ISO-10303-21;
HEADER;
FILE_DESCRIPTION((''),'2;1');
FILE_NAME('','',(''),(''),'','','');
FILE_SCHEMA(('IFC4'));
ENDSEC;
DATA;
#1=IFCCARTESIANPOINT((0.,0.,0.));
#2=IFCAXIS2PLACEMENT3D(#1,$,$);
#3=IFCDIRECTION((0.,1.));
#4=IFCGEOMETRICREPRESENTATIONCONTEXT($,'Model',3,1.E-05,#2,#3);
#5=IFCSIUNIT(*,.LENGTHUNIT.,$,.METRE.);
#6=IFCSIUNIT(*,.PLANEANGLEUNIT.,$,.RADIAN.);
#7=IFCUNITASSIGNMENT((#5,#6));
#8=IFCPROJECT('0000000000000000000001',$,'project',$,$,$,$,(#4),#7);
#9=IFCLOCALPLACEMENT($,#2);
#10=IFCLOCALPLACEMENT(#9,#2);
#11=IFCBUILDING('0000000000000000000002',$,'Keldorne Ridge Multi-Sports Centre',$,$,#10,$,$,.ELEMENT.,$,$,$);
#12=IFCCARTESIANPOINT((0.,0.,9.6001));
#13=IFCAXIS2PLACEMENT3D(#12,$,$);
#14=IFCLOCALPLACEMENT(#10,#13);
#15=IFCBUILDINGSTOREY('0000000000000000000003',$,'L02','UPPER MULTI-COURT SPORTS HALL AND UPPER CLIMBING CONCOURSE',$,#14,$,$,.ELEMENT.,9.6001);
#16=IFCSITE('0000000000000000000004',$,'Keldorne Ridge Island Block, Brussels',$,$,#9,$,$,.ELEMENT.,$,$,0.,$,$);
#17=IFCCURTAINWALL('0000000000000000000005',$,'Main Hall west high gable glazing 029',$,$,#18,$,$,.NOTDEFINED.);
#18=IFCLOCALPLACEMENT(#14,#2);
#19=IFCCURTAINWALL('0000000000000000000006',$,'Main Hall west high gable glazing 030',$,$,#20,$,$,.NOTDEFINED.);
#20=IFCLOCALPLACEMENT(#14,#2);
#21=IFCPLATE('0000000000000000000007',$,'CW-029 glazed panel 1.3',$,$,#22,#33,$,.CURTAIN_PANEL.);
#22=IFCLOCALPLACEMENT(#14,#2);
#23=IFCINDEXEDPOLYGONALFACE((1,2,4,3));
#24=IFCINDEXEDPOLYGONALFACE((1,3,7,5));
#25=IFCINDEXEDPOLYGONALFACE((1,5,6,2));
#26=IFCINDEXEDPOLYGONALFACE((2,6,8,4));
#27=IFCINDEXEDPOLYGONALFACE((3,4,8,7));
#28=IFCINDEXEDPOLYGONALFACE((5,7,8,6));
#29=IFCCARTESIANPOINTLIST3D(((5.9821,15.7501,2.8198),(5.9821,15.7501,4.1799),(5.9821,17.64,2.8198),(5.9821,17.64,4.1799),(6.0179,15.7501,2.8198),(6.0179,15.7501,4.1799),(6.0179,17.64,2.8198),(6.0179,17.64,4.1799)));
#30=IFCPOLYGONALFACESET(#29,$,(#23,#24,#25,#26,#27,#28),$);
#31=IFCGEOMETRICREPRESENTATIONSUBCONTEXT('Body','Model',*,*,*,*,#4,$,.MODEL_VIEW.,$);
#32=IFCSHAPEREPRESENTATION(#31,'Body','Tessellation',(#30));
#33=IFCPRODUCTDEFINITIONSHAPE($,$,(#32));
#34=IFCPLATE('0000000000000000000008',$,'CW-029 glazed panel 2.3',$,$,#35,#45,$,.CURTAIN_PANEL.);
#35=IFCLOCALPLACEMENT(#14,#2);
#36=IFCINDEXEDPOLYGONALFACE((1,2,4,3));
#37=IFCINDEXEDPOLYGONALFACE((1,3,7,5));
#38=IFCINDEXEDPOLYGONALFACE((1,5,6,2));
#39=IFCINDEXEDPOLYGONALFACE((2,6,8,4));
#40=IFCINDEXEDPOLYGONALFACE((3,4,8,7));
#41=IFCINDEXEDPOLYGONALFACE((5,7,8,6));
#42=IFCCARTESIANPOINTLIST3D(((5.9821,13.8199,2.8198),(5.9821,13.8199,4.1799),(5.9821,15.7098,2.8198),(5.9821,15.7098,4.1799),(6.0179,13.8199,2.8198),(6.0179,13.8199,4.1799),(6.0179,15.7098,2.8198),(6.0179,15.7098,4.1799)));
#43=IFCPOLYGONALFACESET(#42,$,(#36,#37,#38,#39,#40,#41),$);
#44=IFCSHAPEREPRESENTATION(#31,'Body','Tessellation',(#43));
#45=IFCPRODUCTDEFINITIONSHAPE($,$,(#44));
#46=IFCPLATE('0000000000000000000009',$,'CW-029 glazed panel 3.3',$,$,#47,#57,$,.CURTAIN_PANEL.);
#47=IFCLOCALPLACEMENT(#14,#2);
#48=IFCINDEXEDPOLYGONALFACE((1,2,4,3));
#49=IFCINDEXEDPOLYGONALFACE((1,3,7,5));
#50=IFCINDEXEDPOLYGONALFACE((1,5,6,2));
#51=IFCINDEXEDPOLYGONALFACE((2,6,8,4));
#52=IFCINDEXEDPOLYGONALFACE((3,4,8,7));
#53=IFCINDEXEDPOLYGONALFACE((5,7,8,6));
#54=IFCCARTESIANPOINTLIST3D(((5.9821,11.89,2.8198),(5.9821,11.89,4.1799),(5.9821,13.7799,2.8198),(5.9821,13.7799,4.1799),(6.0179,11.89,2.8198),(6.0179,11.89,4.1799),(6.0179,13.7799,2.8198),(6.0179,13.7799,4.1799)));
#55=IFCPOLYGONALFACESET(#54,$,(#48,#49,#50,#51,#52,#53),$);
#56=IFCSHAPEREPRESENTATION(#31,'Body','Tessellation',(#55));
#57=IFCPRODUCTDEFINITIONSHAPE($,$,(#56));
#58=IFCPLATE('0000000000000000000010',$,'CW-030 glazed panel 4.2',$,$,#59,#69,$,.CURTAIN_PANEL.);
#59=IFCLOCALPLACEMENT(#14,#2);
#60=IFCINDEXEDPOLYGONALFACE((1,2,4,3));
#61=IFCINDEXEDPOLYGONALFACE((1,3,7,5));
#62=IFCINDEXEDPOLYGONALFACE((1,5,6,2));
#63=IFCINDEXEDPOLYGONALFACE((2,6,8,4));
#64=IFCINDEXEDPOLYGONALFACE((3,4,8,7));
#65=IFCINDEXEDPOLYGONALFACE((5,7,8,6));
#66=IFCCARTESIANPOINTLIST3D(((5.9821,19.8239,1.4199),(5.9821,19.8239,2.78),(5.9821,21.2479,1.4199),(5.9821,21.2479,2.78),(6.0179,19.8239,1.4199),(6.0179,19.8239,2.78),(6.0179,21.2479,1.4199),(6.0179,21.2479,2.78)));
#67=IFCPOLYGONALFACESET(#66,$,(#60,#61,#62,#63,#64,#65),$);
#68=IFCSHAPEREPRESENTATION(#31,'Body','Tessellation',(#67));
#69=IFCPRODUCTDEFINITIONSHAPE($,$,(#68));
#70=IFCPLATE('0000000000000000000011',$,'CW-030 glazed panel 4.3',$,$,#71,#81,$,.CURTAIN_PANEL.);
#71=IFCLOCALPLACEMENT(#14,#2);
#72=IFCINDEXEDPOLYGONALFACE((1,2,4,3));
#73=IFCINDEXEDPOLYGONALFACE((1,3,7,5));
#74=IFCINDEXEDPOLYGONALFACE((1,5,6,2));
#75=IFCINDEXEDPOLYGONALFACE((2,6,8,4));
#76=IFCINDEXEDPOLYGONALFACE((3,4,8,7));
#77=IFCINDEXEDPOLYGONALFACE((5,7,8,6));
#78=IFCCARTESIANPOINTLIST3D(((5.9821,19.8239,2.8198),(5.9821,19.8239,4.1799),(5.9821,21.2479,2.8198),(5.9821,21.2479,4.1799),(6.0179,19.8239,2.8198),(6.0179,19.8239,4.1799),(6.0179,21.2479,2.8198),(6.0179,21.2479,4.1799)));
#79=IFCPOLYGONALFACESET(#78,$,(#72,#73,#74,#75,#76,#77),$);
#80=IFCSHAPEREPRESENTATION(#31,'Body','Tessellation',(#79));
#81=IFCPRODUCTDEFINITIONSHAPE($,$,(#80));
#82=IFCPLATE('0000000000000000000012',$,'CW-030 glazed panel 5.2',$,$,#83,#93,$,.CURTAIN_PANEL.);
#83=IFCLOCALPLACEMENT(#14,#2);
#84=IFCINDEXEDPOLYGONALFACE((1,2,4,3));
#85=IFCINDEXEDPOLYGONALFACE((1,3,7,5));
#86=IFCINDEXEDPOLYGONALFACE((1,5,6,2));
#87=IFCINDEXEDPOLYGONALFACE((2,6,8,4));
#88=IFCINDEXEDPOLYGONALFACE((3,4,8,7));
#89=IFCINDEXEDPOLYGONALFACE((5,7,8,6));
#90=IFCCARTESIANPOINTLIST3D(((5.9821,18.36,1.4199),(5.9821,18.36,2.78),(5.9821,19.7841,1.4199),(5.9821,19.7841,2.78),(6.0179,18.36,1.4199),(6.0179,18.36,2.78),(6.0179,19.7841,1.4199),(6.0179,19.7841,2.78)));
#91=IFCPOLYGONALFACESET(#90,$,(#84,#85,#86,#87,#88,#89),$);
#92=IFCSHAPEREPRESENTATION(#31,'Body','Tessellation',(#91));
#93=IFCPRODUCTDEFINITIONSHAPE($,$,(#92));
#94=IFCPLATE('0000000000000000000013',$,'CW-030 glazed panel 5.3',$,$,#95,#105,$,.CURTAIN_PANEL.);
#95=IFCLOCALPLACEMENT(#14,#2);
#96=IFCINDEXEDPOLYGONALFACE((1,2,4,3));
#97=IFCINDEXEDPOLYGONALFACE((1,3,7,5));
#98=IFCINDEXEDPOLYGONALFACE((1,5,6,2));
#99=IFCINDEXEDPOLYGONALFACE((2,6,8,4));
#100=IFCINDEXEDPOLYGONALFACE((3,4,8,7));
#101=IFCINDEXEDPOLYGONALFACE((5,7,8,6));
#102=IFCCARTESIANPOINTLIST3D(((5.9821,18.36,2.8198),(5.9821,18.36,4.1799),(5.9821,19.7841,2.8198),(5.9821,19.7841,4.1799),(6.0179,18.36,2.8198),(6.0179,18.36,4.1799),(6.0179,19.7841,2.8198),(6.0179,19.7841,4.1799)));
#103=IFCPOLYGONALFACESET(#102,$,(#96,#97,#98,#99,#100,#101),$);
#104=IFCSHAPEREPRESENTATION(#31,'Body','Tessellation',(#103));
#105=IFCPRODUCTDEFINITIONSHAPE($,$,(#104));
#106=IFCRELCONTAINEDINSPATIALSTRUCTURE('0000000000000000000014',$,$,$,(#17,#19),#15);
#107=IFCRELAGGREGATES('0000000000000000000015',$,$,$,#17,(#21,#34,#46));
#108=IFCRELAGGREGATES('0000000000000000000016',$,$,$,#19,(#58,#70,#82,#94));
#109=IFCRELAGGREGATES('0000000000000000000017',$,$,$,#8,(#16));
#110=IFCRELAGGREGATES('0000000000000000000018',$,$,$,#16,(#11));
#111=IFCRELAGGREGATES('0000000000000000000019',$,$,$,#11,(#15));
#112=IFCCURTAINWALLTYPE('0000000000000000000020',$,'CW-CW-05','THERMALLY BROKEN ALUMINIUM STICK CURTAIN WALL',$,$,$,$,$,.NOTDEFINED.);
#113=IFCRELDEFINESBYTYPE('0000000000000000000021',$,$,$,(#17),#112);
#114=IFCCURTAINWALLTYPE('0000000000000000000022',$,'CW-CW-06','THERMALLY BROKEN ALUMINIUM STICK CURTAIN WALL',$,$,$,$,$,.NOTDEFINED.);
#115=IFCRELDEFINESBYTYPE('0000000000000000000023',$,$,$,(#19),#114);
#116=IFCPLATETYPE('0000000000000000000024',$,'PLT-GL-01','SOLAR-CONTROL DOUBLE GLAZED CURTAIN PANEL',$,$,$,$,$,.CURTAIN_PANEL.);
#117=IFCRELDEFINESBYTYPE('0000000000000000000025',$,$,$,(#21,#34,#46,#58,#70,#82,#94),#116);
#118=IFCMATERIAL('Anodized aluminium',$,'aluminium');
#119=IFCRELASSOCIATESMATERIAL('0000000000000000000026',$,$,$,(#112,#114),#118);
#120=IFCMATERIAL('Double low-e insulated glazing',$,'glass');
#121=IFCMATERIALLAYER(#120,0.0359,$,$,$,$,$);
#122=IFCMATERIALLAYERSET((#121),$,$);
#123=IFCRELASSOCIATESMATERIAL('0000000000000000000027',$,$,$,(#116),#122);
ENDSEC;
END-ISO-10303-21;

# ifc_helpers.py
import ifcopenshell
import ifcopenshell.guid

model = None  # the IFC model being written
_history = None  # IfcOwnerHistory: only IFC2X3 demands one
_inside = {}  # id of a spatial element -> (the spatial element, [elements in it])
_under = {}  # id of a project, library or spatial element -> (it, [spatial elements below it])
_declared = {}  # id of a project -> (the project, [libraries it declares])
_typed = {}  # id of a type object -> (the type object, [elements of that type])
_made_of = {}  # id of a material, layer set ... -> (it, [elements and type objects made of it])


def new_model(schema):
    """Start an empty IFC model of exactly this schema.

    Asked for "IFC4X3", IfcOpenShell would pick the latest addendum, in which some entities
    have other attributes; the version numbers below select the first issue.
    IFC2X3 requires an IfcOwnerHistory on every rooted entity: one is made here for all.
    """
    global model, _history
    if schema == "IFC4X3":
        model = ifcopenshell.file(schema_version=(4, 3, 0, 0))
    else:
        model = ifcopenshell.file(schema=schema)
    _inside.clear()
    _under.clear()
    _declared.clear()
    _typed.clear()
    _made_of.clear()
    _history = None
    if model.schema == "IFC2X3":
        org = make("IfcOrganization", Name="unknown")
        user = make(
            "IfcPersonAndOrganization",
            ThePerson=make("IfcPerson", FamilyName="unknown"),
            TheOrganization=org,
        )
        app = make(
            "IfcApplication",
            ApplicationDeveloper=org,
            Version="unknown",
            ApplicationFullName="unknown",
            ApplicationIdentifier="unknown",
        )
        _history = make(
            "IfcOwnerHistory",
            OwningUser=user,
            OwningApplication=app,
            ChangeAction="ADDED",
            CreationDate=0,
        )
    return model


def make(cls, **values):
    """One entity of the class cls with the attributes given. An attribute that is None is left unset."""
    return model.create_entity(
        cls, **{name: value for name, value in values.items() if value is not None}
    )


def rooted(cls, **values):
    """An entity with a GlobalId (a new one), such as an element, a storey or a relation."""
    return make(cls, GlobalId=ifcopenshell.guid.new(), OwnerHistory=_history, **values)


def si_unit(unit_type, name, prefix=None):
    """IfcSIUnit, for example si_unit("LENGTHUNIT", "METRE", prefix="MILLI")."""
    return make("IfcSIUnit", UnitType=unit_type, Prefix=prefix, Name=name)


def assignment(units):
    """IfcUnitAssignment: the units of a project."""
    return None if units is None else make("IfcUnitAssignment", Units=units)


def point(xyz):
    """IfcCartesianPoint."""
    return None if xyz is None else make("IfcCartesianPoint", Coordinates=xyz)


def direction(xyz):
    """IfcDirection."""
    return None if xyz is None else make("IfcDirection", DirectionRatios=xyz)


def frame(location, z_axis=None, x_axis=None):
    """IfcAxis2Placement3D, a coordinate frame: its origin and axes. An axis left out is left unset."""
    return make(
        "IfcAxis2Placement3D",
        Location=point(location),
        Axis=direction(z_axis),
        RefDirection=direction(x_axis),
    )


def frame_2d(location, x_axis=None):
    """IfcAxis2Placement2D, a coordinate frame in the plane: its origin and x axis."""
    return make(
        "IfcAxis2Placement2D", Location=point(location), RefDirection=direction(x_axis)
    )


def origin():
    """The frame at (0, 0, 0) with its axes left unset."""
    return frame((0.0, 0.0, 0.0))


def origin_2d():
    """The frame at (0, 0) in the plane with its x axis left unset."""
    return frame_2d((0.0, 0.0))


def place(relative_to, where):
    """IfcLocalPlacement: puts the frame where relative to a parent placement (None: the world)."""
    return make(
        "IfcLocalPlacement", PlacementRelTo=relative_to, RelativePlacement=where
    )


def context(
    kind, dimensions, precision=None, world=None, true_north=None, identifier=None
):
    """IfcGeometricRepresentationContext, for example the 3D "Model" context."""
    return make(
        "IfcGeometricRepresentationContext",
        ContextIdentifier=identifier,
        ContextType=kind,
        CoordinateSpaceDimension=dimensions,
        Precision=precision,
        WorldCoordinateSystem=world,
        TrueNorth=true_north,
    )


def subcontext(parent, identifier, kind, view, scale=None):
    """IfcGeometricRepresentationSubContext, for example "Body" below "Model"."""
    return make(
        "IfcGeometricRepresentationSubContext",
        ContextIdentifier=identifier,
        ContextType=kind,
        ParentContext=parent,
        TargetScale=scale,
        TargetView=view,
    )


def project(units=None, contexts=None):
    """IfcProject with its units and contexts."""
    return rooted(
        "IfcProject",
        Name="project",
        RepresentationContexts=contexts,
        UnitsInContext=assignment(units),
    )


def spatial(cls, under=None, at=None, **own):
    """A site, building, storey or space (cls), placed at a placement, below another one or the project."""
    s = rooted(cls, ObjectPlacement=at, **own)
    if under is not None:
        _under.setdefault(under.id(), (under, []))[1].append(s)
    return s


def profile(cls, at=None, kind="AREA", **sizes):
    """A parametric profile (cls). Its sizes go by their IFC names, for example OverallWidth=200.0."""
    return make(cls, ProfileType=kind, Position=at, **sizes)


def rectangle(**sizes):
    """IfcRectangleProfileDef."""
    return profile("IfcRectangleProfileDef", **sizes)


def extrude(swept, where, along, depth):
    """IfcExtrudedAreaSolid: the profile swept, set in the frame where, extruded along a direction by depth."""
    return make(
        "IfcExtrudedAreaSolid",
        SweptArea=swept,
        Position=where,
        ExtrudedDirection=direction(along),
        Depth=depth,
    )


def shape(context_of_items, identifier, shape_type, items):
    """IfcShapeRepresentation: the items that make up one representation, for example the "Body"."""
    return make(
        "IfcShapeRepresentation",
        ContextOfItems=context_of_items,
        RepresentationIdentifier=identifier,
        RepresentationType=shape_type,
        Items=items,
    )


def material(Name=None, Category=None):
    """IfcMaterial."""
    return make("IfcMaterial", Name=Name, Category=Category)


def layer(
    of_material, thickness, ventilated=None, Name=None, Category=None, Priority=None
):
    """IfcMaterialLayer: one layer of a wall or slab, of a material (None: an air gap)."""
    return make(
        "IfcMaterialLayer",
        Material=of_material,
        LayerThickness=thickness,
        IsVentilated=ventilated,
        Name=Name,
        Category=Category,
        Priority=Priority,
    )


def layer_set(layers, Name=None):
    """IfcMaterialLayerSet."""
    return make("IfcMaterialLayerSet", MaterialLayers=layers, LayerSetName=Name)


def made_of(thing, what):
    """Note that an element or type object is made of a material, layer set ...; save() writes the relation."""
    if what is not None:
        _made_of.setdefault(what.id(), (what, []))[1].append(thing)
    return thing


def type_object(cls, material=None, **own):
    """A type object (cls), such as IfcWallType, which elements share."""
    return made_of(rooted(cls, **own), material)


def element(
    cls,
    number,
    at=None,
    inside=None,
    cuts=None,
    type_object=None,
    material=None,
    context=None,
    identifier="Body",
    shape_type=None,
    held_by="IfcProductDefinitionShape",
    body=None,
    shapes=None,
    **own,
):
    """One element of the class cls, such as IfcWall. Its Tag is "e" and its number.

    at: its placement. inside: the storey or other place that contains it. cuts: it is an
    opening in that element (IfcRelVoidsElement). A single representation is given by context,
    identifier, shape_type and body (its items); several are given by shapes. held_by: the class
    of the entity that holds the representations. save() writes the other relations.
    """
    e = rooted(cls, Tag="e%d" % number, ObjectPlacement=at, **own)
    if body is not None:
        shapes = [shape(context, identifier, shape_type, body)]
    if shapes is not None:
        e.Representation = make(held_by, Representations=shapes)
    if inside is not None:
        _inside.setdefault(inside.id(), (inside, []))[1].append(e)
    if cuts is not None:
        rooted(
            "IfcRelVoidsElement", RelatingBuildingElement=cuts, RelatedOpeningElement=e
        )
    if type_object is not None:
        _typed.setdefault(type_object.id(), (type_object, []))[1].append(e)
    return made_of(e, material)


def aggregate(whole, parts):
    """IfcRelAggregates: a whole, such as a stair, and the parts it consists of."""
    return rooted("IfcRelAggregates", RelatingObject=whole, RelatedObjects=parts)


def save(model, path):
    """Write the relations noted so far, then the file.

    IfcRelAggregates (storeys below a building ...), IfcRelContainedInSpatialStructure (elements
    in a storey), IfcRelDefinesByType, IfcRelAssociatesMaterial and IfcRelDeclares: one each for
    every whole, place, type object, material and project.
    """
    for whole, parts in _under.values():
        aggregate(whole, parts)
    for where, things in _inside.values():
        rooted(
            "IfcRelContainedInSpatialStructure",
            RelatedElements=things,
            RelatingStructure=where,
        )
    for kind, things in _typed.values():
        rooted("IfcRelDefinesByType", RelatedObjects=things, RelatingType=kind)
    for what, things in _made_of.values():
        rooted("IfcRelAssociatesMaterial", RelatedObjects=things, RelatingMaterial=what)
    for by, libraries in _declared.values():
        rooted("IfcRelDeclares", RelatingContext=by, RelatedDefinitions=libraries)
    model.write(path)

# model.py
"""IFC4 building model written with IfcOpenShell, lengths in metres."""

from ifc_helpers import new_model, si_unit, direction, frame, origin, origin_2d, place, context, subcontext, project, spatial, rectangle, extrude, material, layer, layer_set, type_object, element, aggregate, save


model = new_model("IFC4")

# Units and contexts
model_context = context("Model", 3, precision=1e-05, world=origin(), true_north=direction((0.0, 1.0)))
body_context = subcontext(model_context, "Body", "Model", "MODEL_VIEW")
ifc_project = project(units=[si_unit("LENGTHUNIT", "METRE"), si_unit("PLANEANGLEUNIT", "RADIAN")], contexts=[model_context])

# Site, building, storey
site_placement = place(None, origin())
site = spatial("IfcSite", under=ifc_project, at=site_placement, Name="Keldorne Ridge Island Block, Brussels", CompositionType="ELEMENT", RefElevation=0.0)
building_placement = place(site_placement, origin())
building = spatial("IfcBuilding", under=site, at=building_placement, Name="Keldorne Ridge Multi-Sports Centre", CompositionType="ELEMENT")
storey_placement = place(building_placement, frame((0.0, 0.0, 9.6001)))
storey = spatial("IfcBuildingStorey", under=building, at=storey_placement, Name="L02", Description="UPPER MULTI-COURT SPORTS HALL AND UPPER CLIMBING CONCOURSE", CompositionType="ELEMENT", Elevation=9.6001)

# Curtain walls
ifc_material_1 = material(Name="Anodized aluminium", Category="aluminium")
curtain_wall_type_1 = type_object("IfcCurtainWallType", Name="CW-CW-05", Description="THERMALLY BROKEN ALUMINIUM STICK CURTAIN WALL", PredefinedType="NOTDEFINED", material=ifc_material_1)
curtain_wall_1_placement = place(storey_placement, origin())
curtain_wall_1 = element("IfcCurtainWall", 1, at=curtain_wall_1_placement, inside=storey, type_object=curtain_wall_type_1, Name="Main Hall west high gable glazing 029", PredefinedType="NOTDEFINED")
curtain_wall_type_2 = type_object("IfcCurtainWallType", Name="CW-CW-06", Description="THERMALLY BROKEN ALUMINIUM STICK CURTAIN WALL", PredefinedType="NOTDEFINED", material=ifc_material_1)
curtain_wall_2_placement = place(storey_placement, origin())
curtain_wall_2 = element("IfcCurtainWall", 2, at=curtain_wall_2_placement, inside=storey, type_object=curtain_wall_type_2, Name="Main Hall west high gable glazing 030", PredefinedType="NOTDEFINED")

# Plates
ifc_material_2 = material(Name="Double low-e insulated glazing", Category="glass")
ifc_layer = layer(ifc_material_2, 0.0359)
ifc_layer_set = layer_set([ifc_layer])
plate_type = type_object("IfcPlateType", Name="PLT-GL-01", Description="SOLAR-CONTROL DOUBLE GLAZED CURTAIN PANEL", PredefinedType="CURTAIN_PANEL", material=ifc_layer_set)
plate_1_placement = place(storey_placement, frame((6.0, 16.6951, 2.8198), z_axis=(0.0, 0.0, 1.0), x_axis=(0.0, -1.0, 0.0)))
plate_1 = element("IfcPlate", 3, at=plate_1_placement, type_object=plate_type, Name="CW-029 glazed panel 1.3", PredefinedType="CURTAIN_PANEL", context=body_context, shape_type="SweptSolid", body=[
    extrude(rectangle(XDim=1.8899, YDim=0.0359, at=origin_2d()), origin(), (0.0, 0.0, 1.0), 1.3601),
])
plate_2_placement = place(storey_placement, frame((6.0, 14.7649, 2.8198), z_axis=(0.0, 0.0, 1.0), x_axis=(0.0, -1.0, 0.0)))
plate_2 = element("IfcPlate", 4, at=plate_2_placement, type_object=plate_type, Name="CW-029 glazed panel 2.3", PredefinedType="CURTAIN_PANEL", context=body_context, shape_type="SweptSolid", body=[
    extrude(rectangle(XDim=1.8899, YDim=0.0359, at=origin_2d()), origin(), (0.0, 0.0, 1.0), 1.3601),
])
plate_3_placement = place(storey_placement, frame((6.0, 12.835, 2.8198), z_axis=(0.0, 0.0, 1.0), x_axis=(0.0, -1.0, 0.0)))
plate_3 = element("IfcPlate", 5, at=plate_3_placement, type_object=plate_type, Name="CW-029 glazed panel 3.3", PredefinedType="CURTAIN_PANEL", context=body_context, shape_type="SweptSolid", body=[
    extrude(rectangle(XDim=1.8899, YDim=0.0359, at=origin_2d()), origin(), (0.0, 0.0, 1.0), 1.3601),
])
aggregate(curtain_wall_1, [plate_1, plate_2, plate_3])
plate_4_placement = place(storey_placement, frame((6.0, 20.5359, 1.4199), z_axis=(0.0, 0.0, 1.0), x_axis=(0.0, -1.0, 0.0)))
plate_4 = element("IfcPlate", 6, at=plate_4_placement, type_object=plate_type, Name="CW-030 glazed panel 4.2", PredefinedType="CURTAIN_PANEL", context=body_context, shape_type="SweptSolid", body=[
    extrude(rectangle(XDim=1.4241, YDim=0.0359, at=origin_2d()), origin(), (0.0, 0.0, 1.0), 1.3601),
])
plate_5_placement = place(storey_placement, frame((6.0, 20.5359, 2.8198), z_axis=(0.0, 0.0, 1.0), x_axis=(0.0, -1.0, 0.0)))
plate_5 = element("IfcPlate", 7, at=plate_5_placement, type_object=plate_type, Name="CW-030 glazed panel 4.3", PredefinedType="CURTAIN_PANEL", context=body_context, shape_type="SweptSolid", body=[
    extrude(rectangle(XDim=1.4241, YDim=0.0359, at=origin_2d()), origin(), (0.0, 0.0, 1.0), 1.3601),
])
plate_6_placement = place(storey_placement, frame((6.0, 19.072, 1.4199), z_axis=(0.0, 0.0, 1.0), x_axis=(0.0, -1.0, 0.0)))
plate_6 = element("IfcPlate", 8, at=plate_6_placement, type_object=plate_type, Name="CW-030 glazed panel 5.2", PredefinedType="CURTAIN_PANEL", context=body_context, shape_type="SweptSolid", body=[
    extrude(rectangle(XDim=1.4241, YDim=0.0359, at=origin_2d()), origin(), (0.0, 0.0, 1.0), 1.3601),
])
plate_7_placement = place(storey_placement, frame((6.0, 19.072, 2.8198), z_axis=(0.0, 0.0, 1.0), x_axis=(0.0, -1.0, 0.0)))
plate_7 = element("IfcPlate", 9, at=plate_7_placement, type_object=plate_type, Name="CW-030 glazed panel 5.3", PredefinedType="CURTAIN_PANEL", context=body_context, shape_type="SweptSolid", body=[
    extrude(rectangle(XDim=1.4241, YDim=0.0359, at=origin_2d()), origin(), (0.0, 0.0, 1.0), 1.3601),
])
aggregate(curtain_wall_2, [plate_4, plate_5, plate_6, plate_7])

save(model, "model.ifc")
